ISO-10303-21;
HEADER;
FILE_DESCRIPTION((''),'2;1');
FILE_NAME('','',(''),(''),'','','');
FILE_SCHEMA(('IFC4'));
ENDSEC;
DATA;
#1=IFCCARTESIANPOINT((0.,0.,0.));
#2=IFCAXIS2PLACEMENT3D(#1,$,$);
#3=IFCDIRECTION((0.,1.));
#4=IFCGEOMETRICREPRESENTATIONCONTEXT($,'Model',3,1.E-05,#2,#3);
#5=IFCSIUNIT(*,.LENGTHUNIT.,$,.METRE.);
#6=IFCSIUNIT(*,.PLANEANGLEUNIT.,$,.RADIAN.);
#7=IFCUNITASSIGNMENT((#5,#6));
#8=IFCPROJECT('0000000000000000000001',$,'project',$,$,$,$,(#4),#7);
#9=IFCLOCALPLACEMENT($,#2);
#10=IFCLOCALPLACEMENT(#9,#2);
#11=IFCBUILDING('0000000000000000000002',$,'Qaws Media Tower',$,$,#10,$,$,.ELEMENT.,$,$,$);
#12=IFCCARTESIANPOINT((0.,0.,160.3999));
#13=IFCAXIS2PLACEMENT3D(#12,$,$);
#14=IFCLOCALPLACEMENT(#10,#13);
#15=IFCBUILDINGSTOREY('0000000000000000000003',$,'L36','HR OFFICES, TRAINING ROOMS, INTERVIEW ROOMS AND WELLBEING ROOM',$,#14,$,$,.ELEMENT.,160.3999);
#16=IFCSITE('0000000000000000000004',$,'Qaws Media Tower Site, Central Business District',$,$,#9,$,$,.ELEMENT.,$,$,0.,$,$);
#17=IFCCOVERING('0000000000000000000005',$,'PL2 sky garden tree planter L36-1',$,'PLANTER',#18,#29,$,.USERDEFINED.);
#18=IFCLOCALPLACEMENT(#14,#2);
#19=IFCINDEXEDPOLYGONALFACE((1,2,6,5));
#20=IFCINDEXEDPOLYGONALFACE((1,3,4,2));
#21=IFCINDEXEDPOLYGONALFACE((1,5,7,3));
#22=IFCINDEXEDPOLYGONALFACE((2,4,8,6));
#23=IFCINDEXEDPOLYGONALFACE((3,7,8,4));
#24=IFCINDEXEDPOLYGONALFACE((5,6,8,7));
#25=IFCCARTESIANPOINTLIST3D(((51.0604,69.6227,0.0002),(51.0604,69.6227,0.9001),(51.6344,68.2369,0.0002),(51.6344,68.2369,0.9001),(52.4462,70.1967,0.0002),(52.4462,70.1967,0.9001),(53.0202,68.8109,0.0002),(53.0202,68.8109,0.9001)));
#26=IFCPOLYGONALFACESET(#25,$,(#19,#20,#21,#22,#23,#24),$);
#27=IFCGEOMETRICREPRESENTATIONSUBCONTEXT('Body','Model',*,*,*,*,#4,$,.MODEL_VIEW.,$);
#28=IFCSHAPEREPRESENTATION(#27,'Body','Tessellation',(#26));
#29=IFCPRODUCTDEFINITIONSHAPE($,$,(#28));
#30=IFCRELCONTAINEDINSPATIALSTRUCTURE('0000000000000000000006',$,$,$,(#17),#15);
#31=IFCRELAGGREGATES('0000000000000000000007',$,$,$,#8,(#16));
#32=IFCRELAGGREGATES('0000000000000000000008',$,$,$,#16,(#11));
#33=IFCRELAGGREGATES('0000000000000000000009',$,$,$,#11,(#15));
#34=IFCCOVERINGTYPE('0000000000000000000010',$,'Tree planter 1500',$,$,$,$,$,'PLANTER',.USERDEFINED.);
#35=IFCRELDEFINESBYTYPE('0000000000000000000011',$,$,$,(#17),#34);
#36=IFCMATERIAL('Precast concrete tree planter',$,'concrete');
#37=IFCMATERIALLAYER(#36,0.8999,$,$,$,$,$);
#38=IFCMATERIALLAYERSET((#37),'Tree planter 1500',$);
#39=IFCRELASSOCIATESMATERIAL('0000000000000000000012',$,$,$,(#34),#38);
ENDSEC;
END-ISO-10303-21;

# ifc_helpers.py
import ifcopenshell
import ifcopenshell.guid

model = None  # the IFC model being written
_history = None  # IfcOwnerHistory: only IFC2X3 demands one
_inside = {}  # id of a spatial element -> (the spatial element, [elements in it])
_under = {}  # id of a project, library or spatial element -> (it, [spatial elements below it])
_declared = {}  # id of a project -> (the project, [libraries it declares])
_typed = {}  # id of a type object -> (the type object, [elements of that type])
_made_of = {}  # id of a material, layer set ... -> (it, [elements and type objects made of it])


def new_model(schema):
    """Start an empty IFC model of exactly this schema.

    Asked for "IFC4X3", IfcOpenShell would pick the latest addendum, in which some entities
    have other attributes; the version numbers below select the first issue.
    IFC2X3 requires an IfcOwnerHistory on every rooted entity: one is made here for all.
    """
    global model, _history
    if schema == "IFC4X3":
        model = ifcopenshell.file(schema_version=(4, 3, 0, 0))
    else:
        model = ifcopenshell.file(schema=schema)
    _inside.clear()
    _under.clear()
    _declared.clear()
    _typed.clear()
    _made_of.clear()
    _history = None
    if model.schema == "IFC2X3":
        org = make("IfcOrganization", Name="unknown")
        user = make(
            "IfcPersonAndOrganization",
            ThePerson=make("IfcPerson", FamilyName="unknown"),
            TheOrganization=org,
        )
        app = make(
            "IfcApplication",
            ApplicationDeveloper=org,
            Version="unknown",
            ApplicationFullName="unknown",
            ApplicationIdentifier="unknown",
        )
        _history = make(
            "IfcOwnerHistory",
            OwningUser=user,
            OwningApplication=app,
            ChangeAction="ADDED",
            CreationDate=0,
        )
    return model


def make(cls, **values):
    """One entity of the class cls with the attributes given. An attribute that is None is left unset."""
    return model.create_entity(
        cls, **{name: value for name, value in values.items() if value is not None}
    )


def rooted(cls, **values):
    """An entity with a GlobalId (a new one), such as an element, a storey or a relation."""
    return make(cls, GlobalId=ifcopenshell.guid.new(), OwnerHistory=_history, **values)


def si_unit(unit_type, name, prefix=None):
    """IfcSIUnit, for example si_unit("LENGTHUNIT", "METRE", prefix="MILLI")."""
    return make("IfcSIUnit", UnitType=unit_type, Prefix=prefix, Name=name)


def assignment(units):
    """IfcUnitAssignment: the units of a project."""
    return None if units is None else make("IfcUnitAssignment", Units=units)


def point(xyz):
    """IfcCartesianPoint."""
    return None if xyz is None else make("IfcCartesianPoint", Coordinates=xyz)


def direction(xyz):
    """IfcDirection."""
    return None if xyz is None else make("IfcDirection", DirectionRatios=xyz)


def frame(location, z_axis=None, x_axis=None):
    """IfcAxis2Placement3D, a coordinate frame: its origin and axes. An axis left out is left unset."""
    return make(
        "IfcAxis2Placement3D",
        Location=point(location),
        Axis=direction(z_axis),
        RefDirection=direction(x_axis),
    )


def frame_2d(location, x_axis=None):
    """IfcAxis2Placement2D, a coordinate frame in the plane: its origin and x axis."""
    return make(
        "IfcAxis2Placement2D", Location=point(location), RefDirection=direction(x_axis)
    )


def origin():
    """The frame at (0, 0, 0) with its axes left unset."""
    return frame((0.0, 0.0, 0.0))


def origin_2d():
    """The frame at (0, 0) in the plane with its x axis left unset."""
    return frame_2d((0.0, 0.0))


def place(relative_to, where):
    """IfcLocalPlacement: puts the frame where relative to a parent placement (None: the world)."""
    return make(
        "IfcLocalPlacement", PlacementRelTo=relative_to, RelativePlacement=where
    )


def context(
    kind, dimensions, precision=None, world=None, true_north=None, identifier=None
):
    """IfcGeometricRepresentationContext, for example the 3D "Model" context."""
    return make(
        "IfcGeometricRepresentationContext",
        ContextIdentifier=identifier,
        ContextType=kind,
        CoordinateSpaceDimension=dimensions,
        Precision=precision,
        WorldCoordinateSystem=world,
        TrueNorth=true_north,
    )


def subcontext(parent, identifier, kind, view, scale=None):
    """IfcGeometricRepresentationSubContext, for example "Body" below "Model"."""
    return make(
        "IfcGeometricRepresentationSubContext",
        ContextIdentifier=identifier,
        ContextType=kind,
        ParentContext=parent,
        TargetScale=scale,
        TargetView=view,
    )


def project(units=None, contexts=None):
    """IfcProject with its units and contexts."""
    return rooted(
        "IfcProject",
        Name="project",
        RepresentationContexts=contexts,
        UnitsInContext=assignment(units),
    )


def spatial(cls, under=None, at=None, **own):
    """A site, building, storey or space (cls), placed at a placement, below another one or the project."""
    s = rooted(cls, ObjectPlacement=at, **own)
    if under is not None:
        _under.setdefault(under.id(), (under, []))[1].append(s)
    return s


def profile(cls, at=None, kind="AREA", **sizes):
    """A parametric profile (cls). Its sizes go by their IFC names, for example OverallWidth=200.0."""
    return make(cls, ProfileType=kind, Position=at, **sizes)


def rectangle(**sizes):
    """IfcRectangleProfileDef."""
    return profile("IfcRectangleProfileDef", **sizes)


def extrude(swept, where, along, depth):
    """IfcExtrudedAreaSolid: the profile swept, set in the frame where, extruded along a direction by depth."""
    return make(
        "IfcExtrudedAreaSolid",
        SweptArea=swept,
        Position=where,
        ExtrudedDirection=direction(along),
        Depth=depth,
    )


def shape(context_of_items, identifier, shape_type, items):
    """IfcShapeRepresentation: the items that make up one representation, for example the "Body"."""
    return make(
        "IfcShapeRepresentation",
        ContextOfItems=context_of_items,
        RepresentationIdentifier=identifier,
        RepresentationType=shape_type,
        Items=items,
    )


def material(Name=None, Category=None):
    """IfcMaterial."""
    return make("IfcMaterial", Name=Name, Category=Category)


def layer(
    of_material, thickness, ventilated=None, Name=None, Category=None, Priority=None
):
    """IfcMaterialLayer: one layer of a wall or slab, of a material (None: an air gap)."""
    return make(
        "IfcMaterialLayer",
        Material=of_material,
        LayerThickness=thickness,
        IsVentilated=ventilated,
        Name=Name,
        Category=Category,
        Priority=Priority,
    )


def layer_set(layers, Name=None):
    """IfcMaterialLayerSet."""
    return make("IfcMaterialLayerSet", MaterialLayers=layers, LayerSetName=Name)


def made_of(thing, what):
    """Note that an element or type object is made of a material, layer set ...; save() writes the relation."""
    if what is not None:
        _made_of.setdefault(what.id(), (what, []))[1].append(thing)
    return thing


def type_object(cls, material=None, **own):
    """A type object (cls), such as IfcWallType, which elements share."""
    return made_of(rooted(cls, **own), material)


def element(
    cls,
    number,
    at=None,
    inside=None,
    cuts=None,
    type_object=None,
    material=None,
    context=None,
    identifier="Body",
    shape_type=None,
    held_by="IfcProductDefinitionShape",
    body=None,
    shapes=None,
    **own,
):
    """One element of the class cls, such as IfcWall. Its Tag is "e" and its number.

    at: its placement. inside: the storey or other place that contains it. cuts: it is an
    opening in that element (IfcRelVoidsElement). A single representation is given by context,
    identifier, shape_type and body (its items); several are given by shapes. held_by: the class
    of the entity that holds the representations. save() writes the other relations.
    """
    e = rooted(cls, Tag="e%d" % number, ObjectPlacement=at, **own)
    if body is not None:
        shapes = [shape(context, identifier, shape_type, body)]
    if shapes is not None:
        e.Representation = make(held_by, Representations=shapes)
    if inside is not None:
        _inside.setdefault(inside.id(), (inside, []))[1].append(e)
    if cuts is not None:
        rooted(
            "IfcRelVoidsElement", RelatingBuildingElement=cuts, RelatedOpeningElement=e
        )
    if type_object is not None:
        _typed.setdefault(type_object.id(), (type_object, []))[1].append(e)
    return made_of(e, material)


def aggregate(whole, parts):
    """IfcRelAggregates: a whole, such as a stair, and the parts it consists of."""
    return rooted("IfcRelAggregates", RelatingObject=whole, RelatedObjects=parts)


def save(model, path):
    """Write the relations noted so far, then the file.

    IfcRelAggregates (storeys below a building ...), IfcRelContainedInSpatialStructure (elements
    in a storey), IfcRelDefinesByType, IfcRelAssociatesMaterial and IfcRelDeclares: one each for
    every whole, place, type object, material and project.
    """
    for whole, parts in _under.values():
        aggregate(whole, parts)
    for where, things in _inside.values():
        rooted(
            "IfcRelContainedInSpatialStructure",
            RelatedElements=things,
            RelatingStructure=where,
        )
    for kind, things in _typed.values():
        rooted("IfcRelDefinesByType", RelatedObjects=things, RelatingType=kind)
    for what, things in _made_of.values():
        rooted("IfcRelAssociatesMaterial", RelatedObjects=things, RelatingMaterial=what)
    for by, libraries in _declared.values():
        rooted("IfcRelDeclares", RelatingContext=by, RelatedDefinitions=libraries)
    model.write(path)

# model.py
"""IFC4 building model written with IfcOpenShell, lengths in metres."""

from ifc_helpers import new_model, si_unit, direction, frame, origin, origin_2d, place, context, subcontext, project, spatial, rectangle, extrude, material, layer, layer_set, type_object, element, save


model = new_model("IFC4")

# Units and contexts
model_context = context("Model", 3, precision=1e-05, world=origin(), true_north=direction((0.0, 1.0)))
body_context = subcontext(model_context, "Body", "Model", "MODEL_VIEW")
ifc_project = project(units=[si_unit("LENGTHUNIT", "METRE"), si_unit("PLANEANGLEUNIT", "RADIAN")], contexts=[model_context])

# Site, building, storey
site_placement = place(None, origin())
site = spatial("IfcSite", under=ifc_project, at=site_placement, Name="Qaws Media Tower Site, Central Business District", CompositionType="ELEMENT", RefElevation=0.0)
building_placement = place(site_placement, origin())
building = spatial("IfcBuilding", under=site, at=building_placement, Name="Qaws Media Tower", CompositionType="ELEMENT")
storey_placement = place(building_placement, frame((0.0, 0.0, 160.3999)))
storey = spatial("IfcBuildingStorey", under=building, at=storey_placement, Name="L36", Description="HR OFFICES, TRAINING ROOMS, INTERVIEW ROOMS AND WELLBEING ROOM", CompositionType="ELEMENT", Elevation=160.3999)

# Covering
ifc_material_1 = material(Name="Precast concrete tree planter", Category="concrete")
ifc_layer_1 = layer(ifc_material_1, 0.8999)
ifc_layer_set_1 = layer_set([ifc_layer_1], Name="Tree planter 1500")
covering_type = type_object("IfcCoveringType", Name="Tree planter 1500", ElementType="PLANTER", PredefinedType="USERDEFINED", material=ifc_layer_set_1)
covering_placement = place(storey_placement, frame((52.0403, 69.2168, 0.0002), z_axis=(0.0, 0.0, 1.0), x_axis=(-0.382683, 0.92388, 0.0)))
element("IfcCovering", 1, at=covering_placement, inside=storey, type_object=covering_type, Name="PL2 sky garden tree planter L36-1", ObjectType="PLANTER", PredefinedType="USERDEFINED", context=body_context, shape_type="SweptSolid", body=[
    extrude(rectangle(XDim=1.5, YDim=1.5, at=origin_2d()), origin(), (0.0, 0.0, 1.0), 0.8999),
])

save(model, "model.ifc")
